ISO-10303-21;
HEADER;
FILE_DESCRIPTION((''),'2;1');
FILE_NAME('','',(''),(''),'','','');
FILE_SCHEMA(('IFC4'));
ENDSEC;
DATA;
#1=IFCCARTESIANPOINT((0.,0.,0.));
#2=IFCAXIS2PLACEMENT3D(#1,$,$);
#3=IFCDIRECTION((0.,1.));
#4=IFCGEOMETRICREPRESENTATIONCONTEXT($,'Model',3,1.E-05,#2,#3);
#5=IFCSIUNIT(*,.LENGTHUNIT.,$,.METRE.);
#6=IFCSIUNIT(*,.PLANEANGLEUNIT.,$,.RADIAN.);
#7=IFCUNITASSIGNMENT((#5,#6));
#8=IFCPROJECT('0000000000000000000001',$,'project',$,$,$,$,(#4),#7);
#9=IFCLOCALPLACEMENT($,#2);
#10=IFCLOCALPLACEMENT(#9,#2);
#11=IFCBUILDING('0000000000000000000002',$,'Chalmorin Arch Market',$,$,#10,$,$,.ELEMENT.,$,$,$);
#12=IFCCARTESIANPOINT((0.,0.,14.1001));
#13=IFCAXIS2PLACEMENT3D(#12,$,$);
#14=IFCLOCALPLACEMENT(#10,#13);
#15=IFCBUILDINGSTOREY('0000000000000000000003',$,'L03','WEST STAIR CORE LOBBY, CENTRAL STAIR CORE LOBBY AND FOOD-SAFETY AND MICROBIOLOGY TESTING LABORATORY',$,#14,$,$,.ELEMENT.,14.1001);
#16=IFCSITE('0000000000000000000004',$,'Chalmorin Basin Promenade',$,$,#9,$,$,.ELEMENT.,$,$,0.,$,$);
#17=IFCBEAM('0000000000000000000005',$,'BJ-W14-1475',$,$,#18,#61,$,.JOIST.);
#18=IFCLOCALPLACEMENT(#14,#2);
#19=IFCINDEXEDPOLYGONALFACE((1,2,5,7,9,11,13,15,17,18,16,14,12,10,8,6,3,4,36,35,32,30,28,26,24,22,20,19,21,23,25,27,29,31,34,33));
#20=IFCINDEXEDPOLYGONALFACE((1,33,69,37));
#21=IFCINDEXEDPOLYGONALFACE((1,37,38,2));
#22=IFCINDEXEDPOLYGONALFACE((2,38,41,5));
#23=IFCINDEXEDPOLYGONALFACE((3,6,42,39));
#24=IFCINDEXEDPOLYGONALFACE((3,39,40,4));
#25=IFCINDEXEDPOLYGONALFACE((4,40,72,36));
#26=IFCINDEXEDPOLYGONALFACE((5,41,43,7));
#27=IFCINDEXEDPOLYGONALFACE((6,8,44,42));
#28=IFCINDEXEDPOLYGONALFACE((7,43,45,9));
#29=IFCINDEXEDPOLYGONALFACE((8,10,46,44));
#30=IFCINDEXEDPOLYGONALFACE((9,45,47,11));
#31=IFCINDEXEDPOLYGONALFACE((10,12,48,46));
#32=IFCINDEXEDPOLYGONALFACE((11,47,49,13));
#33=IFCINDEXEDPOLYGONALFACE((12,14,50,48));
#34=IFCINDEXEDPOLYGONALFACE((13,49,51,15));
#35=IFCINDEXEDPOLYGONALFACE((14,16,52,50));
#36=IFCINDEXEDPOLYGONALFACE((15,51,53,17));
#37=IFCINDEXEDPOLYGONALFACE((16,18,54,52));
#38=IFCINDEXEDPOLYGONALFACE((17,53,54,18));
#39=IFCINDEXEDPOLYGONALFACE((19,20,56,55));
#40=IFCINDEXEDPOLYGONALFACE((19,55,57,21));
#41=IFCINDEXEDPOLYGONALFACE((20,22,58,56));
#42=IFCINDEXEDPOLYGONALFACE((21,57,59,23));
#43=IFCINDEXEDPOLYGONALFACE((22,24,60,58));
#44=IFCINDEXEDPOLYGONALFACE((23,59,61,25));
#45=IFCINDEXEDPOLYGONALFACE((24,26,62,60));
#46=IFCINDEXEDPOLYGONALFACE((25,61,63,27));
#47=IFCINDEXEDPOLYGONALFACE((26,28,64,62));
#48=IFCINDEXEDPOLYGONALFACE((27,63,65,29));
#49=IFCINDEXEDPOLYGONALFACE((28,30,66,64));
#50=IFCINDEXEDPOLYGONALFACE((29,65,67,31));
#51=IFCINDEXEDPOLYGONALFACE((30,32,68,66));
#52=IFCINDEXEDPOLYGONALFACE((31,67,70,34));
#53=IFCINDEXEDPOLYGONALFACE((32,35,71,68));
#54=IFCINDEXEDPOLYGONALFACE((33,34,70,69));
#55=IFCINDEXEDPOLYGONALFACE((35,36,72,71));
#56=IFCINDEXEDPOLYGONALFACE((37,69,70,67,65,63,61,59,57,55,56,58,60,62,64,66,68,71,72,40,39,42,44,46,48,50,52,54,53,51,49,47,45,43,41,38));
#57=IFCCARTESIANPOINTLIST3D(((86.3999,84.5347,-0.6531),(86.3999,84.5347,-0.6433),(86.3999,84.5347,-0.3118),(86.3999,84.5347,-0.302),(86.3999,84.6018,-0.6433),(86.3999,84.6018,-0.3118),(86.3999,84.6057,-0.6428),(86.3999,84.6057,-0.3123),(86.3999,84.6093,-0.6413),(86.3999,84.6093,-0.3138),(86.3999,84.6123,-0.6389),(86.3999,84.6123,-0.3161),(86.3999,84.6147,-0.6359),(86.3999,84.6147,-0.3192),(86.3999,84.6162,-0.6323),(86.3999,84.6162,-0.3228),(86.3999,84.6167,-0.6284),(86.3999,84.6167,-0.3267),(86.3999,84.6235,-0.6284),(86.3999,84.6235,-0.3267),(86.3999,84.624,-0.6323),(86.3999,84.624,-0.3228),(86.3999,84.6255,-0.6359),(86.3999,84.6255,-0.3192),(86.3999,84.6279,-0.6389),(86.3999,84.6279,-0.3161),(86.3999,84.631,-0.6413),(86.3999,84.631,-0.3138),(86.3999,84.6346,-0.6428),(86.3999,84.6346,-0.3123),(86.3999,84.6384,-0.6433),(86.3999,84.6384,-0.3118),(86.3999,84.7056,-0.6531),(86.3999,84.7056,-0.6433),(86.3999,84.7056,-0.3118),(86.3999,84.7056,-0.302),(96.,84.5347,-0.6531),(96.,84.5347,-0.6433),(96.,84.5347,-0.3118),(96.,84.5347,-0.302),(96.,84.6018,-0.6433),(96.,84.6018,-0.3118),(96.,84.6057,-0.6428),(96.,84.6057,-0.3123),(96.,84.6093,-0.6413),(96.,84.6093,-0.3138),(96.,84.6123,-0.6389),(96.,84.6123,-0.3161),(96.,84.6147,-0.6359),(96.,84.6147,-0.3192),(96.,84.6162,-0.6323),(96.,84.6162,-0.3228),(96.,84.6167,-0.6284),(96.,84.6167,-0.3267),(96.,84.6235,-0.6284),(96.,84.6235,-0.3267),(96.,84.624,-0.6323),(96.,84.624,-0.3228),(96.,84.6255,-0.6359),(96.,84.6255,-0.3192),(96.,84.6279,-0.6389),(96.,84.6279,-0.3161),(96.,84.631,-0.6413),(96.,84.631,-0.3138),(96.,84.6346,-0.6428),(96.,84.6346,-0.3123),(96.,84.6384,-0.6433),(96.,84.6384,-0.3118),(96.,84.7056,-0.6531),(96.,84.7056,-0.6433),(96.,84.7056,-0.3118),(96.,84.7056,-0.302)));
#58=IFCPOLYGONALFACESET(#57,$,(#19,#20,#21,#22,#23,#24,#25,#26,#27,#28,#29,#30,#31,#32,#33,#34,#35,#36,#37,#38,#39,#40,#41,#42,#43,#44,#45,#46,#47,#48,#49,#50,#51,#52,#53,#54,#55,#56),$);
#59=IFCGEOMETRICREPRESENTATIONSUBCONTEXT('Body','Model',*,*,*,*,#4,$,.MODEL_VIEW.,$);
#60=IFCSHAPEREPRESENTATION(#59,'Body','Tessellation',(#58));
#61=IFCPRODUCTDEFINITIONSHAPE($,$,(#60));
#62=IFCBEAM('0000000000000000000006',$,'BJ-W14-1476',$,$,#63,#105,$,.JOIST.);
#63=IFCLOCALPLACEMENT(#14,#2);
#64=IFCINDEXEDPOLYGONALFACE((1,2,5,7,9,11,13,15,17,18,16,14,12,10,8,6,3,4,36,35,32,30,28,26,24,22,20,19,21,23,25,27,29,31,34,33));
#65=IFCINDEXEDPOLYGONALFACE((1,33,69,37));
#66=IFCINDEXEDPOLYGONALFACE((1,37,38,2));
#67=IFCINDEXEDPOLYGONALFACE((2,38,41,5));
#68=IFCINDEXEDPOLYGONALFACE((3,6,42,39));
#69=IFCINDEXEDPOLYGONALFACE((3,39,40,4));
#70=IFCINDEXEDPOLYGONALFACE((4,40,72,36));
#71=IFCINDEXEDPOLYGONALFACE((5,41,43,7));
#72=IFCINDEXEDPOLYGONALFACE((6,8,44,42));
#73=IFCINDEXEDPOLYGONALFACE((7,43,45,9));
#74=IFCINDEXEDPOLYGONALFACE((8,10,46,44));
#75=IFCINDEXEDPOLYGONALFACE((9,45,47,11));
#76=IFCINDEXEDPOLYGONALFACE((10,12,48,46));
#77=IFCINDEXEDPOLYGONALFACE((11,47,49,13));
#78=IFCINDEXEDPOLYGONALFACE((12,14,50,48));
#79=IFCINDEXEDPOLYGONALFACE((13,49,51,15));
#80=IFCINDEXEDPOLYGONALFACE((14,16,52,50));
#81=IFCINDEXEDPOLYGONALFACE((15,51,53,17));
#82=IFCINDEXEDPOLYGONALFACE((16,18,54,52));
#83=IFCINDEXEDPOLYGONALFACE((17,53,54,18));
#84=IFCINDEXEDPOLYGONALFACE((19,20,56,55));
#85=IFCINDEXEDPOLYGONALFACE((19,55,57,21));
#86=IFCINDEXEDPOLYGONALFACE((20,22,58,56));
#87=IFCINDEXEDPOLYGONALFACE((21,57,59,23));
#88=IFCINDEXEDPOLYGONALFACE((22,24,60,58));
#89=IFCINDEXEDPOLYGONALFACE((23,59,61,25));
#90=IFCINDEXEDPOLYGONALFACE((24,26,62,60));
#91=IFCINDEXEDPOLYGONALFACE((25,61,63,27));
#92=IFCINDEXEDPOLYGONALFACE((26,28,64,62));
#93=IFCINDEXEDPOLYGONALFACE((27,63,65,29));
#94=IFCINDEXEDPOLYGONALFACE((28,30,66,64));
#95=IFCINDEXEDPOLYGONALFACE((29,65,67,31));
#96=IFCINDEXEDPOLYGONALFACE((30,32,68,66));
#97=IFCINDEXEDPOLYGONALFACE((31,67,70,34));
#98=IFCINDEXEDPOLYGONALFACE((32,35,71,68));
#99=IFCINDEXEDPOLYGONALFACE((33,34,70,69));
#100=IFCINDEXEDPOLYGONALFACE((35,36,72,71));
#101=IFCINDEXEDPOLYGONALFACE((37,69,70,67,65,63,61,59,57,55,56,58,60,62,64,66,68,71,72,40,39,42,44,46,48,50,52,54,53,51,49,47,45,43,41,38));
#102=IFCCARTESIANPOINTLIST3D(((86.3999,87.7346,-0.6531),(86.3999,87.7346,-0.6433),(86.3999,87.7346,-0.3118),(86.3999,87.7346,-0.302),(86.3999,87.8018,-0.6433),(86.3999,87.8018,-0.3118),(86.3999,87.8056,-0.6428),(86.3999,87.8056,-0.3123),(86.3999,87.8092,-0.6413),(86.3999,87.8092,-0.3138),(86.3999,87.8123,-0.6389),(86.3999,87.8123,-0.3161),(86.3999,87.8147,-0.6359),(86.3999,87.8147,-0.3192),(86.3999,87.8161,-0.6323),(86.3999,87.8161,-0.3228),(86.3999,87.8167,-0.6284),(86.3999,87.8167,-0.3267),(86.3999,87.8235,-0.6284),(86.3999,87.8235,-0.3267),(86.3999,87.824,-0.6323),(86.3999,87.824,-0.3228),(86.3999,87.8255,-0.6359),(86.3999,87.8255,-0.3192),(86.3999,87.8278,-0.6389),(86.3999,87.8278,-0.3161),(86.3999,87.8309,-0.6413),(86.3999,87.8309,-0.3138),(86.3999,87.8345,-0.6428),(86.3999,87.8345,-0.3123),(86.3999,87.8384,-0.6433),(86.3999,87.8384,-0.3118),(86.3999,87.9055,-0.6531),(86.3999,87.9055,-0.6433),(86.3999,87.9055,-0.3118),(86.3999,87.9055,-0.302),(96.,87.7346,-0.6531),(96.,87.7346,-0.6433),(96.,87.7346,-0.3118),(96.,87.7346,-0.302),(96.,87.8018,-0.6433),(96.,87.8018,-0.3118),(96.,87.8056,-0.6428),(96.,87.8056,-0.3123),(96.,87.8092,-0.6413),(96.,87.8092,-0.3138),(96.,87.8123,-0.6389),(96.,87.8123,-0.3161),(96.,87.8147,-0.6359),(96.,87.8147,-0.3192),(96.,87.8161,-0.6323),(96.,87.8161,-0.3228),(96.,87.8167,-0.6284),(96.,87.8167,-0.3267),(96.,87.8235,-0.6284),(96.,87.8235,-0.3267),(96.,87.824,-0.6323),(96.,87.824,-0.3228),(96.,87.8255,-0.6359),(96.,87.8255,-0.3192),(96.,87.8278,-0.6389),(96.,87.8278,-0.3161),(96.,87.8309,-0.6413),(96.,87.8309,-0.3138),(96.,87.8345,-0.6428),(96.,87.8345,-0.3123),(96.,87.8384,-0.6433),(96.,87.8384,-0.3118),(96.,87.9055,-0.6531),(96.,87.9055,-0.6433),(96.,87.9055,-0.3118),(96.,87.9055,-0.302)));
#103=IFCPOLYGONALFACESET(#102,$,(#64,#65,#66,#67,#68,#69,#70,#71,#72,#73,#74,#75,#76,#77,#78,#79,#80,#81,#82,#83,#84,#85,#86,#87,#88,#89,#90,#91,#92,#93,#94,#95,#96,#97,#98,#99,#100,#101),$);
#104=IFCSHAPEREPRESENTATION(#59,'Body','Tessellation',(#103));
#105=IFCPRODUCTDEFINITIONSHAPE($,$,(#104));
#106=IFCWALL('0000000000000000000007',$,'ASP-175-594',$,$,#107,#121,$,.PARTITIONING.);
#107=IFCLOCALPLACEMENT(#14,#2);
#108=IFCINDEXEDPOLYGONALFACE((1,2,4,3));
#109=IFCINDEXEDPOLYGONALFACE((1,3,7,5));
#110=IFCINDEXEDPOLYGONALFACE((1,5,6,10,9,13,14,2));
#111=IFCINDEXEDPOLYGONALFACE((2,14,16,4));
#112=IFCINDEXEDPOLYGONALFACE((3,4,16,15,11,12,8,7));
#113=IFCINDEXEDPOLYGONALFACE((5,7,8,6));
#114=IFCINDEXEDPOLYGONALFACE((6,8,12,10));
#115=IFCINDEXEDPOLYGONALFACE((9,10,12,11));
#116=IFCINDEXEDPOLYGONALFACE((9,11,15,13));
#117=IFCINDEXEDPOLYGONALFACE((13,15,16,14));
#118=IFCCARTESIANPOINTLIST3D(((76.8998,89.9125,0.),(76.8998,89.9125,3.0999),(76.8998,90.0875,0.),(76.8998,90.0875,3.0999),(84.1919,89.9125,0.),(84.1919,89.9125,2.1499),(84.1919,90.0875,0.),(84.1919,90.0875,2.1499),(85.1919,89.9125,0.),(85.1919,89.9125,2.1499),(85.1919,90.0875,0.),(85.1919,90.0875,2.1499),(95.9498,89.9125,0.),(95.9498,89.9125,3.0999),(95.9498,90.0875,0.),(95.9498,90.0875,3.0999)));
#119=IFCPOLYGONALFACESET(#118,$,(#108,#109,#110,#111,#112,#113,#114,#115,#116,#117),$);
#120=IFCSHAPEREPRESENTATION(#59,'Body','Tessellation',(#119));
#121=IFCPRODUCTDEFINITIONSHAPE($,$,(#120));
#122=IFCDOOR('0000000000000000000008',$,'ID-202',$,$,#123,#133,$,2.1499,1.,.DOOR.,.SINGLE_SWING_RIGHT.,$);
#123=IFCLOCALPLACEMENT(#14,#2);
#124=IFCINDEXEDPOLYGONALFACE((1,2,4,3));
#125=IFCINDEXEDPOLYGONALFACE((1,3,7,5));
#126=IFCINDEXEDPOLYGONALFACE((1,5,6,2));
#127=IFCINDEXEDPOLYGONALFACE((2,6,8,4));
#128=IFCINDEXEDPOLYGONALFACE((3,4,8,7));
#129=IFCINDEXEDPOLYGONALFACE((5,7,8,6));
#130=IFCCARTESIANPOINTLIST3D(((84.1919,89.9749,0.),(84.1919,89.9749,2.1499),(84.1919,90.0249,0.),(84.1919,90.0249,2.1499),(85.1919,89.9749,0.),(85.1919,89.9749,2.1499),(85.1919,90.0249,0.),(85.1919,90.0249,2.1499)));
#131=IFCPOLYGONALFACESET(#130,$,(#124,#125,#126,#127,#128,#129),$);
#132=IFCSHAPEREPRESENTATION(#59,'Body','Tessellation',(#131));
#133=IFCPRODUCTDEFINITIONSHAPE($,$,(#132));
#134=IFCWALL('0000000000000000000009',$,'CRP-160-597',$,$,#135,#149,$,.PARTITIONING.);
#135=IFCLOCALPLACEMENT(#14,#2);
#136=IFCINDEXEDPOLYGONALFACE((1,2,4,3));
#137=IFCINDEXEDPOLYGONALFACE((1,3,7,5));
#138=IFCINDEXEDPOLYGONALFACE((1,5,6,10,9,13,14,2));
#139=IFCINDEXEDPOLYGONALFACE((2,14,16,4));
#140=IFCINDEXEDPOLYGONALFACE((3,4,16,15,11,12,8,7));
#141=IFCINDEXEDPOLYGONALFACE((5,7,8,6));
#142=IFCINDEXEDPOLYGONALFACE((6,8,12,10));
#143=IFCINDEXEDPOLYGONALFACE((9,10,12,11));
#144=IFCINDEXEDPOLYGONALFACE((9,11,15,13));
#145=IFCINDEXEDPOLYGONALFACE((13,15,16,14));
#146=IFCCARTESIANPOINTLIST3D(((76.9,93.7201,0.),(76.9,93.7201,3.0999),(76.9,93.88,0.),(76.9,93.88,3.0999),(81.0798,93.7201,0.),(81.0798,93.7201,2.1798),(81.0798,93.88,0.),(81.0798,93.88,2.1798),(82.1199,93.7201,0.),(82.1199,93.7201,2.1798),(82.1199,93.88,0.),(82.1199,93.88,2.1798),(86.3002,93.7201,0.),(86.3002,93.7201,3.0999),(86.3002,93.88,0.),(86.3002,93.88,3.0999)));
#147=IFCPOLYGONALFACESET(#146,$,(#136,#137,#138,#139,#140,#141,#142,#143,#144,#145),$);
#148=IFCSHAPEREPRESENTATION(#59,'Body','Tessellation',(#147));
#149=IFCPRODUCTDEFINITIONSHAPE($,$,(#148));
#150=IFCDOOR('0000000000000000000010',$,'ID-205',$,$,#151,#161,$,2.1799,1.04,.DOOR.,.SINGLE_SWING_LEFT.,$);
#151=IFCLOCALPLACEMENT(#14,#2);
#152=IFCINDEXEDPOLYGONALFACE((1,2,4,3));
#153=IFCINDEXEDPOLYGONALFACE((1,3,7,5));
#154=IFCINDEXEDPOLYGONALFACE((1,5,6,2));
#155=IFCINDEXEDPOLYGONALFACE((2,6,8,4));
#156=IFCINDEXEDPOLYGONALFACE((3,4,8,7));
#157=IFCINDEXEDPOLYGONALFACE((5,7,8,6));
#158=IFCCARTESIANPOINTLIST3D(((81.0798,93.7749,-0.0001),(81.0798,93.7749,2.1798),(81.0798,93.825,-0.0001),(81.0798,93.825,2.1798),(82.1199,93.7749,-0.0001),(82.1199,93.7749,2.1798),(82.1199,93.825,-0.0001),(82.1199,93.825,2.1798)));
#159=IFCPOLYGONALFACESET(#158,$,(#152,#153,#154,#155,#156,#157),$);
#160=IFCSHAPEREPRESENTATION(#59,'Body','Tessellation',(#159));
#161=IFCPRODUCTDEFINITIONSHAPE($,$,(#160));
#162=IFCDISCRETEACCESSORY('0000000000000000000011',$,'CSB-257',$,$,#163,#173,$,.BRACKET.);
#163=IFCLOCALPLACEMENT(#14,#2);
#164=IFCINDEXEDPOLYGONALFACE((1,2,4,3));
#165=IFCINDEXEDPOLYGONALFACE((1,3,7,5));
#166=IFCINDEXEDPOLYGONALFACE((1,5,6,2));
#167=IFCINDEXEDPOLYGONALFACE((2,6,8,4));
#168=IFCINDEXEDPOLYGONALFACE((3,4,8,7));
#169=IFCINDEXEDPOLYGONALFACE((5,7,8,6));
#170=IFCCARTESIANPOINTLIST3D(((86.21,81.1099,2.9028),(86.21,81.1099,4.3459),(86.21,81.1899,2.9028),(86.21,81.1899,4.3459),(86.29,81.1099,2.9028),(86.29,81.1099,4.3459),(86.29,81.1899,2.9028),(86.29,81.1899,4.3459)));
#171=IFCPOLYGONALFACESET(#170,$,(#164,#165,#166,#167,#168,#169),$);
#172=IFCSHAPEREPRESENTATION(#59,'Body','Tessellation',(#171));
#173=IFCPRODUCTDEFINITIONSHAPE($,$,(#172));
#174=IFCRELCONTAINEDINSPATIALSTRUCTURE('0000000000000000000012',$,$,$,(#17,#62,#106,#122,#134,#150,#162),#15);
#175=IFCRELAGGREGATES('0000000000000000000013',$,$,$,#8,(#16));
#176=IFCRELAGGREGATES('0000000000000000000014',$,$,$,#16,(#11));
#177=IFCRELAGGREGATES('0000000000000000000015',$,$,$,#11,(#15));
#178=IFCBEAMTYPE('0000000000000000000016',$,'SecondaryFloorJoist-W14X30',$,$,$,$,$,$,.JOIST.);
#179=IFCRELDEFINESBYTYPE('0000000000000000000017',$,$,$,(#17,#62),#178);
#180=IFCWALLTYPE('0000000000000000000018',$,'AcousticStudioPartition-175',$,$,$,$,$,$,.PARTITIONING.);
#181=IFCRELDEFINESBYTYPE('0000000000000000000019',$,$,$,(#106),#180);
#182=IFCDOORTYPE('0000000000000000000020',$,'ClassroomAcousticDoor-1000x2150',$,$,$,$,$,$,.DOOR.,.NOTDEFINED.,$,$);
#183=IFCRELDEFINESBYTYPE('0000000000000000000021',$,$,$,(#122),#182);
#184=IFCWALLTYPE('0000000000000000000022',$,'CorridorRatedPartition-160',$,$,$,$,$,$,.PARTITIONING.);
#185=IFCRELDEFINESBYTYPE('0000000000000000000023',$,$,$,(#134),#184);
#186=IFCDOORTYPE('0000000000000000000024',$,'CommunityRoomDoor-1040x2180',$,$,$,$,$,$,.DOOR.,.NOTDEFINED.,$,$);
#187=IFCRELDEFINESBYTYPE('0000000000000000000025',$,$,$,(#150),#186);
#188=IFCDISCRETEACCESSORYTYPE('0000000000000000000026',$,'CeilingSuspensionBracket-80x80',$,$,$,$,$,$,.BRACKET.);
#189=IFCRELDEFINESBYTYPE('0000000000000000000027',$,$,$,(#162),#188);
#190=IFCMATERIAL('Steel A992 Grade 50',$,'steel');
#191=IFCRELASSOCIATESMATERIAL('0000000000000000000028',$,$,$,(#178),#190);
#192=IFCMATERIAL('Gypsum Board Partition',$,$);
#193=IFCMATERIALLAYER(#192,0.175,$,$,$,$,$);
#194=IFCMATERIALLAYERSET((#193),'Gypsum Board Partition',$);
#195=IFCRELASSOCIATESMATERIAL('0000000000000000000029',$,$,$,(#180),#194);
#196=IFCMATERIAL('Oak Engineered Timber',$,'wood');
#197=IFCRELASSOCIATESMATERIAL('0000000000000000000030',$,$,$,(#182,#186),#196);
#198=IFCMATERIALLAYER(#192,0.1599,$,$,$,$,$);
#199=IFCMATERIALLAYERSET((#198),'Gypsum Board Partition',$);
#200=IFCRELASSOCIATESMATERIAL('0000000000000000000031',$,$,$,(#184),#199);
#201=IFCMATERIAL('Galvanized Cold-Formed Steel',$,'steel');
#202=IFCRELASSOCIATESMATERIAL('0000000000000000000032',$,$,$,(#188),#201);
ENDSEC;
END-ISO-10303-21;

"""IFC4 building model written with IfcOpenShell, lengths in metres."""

from ifc_helpers import new_model, si_unit, direction, frame, frame_2d, origin, origin_2d, place, context, subcontext, project, spatial, rectangle, i_section, extrude, material, layer, layer_set, material_profile, profile_set, type_object, element, fill, save


model = new_model("IFC4")

# Units and contexts
model_context = context("Model", 3, precision=1e-05, world=origin(), true_north=direction((0.0, 1.0)))
body_context = subcontext(model_context, "Body", "Model", "MODEL_VIEW")
ifc_project = project(units=[si_unit("LENGTHUNIT", "METRE"), si_unit("PLANEANGLEUNIT", "RADIAN")], contexts=[model_context])

# Site, building, storey
site_placement = place(None, origin())
site = spatial("IfcSite", under=ifc_project, at=site_placement, Name="Chalmorin Basin Promenade", CompositionType="ELEMENT", RefElevation=0.0)
building_placement = place(site_placement, origin())
building = spatial("IfcBuilding", under=site, at=building_placement, Name="Chalmorin Arch Market", CompositionType="ELEMENT")
storey_placement = place(building_placement, frame((0.0, 0.0, 14.1001)))
storey = spatial("IfcBuildingStorey", under=building, at=storey_placement, Name="L03", Description="WEST STAIR CORE LOBBY, CENTRAL STAIR CORE LOBBY AND FOOD-SAFETY AND MICROBIOLOGY TESTING LABORATORY", CompositionType="ELEMENT", Elevation=14.1001)

# Shared definitions
ifc_material_1 = material(Name="Steel A992 Grade 50", Category="steel")

# Beams
ifc_material_profile_1 = material_profile(ifc_material_1, i_section(OverallWidth=0.1709, OverallDepth=0.3511, WebThickness=0.0068, FlangeThickness=0.0098, FilletRadius=0.0149, at=origin_2d()), Name="W14X30")
ifc_profile_set_1 = profile_set([ifc_material_profile_1], Name="Steel A992 Grade 50")
beam_type_1 = type_object("IfcBeamType", Name="SecondaryFloorJoist-W14X30", PredefinedType="JOIST", material=ifc_profile_set_1)
for number, where, z_axis, x_axis, name in (
    (1, (86.3999, 84.6201, -0.4775), (1.0, 0.0, 0.0), (0.0, 1.0, 0.0), "BJ-W14-1475"),
    (2, (86.3999, 87.8201, -0.4775), (1.0, 0.0, 0.0), (0.0, 1.0, 0.0), "BJ-W14-1476"),
):
    element("IfcBeam", number, at=place(storey_placement, frame(where, z_axis=z_axis, x_axis=x_axis)), inside=storey, type_object=beam_type_1, Name=name, PredefinedType="JOIST", context=body_context, shape_type="SweptSolid", body=[
        extrude(i_section(OverallWidth=0.1709, OverallDepth=0.3511, WebThickness=0.0068, FlangeThickness=0.0098, FilletRadius=0.0149, at=origin_2d()), origin(), (0.0, 0.0, 1.0), 9.6001),
    ])

# Walls, openings, doors
ifc_material_2 = material(Name="Gypsum Board Partition")
ifc_layer_1 = layer(ifc_material_2, 0.175)
ifc_layer_set_1 = layer_set([ifc_layer_1], Name="Gypsum Board Partition")
wall_type_1 = type_object("IfcWallType", Name="AcousticStudioPartition-175", PredefinedType="PARTITIONING", material=ifc_layer_set_1)
wall_1_placement = place(storey_placement, frame((76.8999, 90.0, 0.0), z_axis=(0.0, 0.0, 1.0), x_axis=(1.0, 0.0, 0.0)))
wall_1 = element("IfcWall", 3, at=wall_1_placement, inside=storey, type_object=wall_type_1, Name="ASP-175-594", PredefinedType="PARTITIONING", context=body_context, shape_type="SweptSolid", body=[
    extrude(rectangle(XDim=19.05, YDim=0.175, at=frame_2d((9.5249, 0.0))), origin(), (0.0, 0.0, 1.0), 3.0999),
])
opening_1_placement = place(wall_1_placement, frame((7.292, 0.0, 0.0)))
opening_1 = element("IfcOpeningElement", 4, at=opening_1_placement, cuts=wall_1, PredefinedType="OPENING", context=body_context, shape_type="SweptSolid", body=[
    extrude(rectangle(XDim=1.0, YDim=2.1499, at=frame_2d((0.5, 1.075))), frame((0.0, 0.0974, 0.0), z_axis=(0.0, -1.0, 0.0), x_axis=(1.0, 0.0, 0.0)), (0.0, 0.0, 1.0), 0.1951),
])
ifc_material_3 = material(Name="Oak Engineered Timber", Category="wood")
door_type_1 = type_object("IfcDoorType", Name="ClassroomAcousticDoor-1000x2150", OperationType="NOTDEFINED", PredefinedType="DOOR", material=ifc_material_3)
door_1_placement = place(opening_1_placement, origin())
door_1 = element("IfcDoor", 5, at=door_1_placement, inside=storey, type_object=door_type_1, Name="ID-202", OperationType="SINGLE_SWING_RIGHT", OverallHeight=2.1499, OverallWidth=1.0, PredefinedType="DOOR", context=body_context, shape_type="SweptSolid", body=[
    extrude(rectangle(XDim=1.0, YDim=2.1499, at=frame_2d((0.5, 1.075))), frame((0.0, 0.0249, 0.0), z_axis=(0.0, -1.0, 0.0), x_axis=(1.0, 0.0, 0.0)), (0.0, 0.0, 1.0), 0.05),
])
fill(opening_1, door_1)
ifc_layer_2 = layer(ifc_material_2, 0.1599)
ifc_layer_set_2 = layer_set([ifc_layer_2], Name="Gypsum Board Partition")
wall_type_2 = type_object("IfcWallType", Name="CorridorRatedPartition-160", PredefinedType="PARTITIONING", material=ifc_layer_set_2)
wall_2_placement = place(storey_placement, frame((76.8999, 93.8, 0.0), z_axis=(0.0, 0.0, 1.0), x_axis=(1.0, 0.0, 0.0)))
wall_2 = element("IfcWall", 6, at=wall_2_placement, inside=storey, type_object=wall_type_2, Name="CRP-160-597", PredefinedType="PARTITIONING", context=body_context, shape_type="SweptSolid", body=[
    extrude(rectangle(XDim=9.4001, YDim=0.1599, at=frame_2d((4.7002, 0.0))), origin(), (0.0, 0.0, 1.0), 3.0999),
])
opening_2_placement = place(wall_2_placement, frame((4.1799, 0.0, 0.0)))
opening_2 = element("IfcOpeningElement", 7, at=opening_2_placement, cuts=wall_2, PredefinedType="OPENING", context=body_context, shape_type="SweptSolid", body=[
    extrude(rectangle(XDim=1.04, YDim=2.1799, at=frame_2d((0.52, 1.0898))), frame((0.0, 0.0898, 0.0), z_axis=(0.0, -1.0, 0.0), x_axis=(1.0, 0.0, 0.0)), (0.0, 0.0, 1.0), 0.1799),
])
door_type_2 = type_object("IfcDoorType", Name="CommunityRoomDoor-1040x2180", OperationType="NOTDEFINED", PredefinedType="DOOR", material=ifc_material_3)
door_2_placement = place(opening_2_placement, origin())
door_2 = element("IfcDoor", 8, at=door_2_placement, inside=storey, type_object=door_type_2, Name="ID-205", OperationType="SINGLE_SWING_LEFT", OverallHeight=2.1799, OverallWidth=1.04, PredefinedType="DOOR", context=body_context, shape_type="SweptSolid", body=[
    extrude(rectangle(XDim=1.04, YDim=2.1799, at=frame_2d((0.52, 1.0898))), frame((0.0, 0.0249, 0.0), z_axis=(0.0, -1.0, 0.0), x_axis=(1.0, 0.0, 0.0)), (0.0, 0.0, 1.0), 0.05),
])
fill(opening_2, door_2)

# Discrete accessory
ifc_material_4 = material(Name="Galvanized Cold-Formed Steel", Category="steel")
discrete_accessory_type = type_object("IfcDiscreteAccessoryType", Name="CeilingSuspensionBracket-80x80", PredefinedType="BRACKET", material=ifc_material_4)
discrete_accessory_placement = place(storey_placement, frame((86.25, 81.1499, 2.9028), z_axis=(0.0, 0.0, 1.0), x_axis=(1.0, 0.0, 0.0)))
element("IfcDiscreteAccessory", 9, at=discrete_accessory_placement, inside=storey, type_object=discrete_accessory_type, Name="CSB-257", PredefinedType="BRACKET", context=body_context, shape_type="SweptSolid", body=[
    extrude(rectangle(XDim=0.0801, YDim=0.0801, at=origin_2d()), origin(), (0.0, 0.0, 1.0), 1.4431),
])

save(model, "model.ifc")
